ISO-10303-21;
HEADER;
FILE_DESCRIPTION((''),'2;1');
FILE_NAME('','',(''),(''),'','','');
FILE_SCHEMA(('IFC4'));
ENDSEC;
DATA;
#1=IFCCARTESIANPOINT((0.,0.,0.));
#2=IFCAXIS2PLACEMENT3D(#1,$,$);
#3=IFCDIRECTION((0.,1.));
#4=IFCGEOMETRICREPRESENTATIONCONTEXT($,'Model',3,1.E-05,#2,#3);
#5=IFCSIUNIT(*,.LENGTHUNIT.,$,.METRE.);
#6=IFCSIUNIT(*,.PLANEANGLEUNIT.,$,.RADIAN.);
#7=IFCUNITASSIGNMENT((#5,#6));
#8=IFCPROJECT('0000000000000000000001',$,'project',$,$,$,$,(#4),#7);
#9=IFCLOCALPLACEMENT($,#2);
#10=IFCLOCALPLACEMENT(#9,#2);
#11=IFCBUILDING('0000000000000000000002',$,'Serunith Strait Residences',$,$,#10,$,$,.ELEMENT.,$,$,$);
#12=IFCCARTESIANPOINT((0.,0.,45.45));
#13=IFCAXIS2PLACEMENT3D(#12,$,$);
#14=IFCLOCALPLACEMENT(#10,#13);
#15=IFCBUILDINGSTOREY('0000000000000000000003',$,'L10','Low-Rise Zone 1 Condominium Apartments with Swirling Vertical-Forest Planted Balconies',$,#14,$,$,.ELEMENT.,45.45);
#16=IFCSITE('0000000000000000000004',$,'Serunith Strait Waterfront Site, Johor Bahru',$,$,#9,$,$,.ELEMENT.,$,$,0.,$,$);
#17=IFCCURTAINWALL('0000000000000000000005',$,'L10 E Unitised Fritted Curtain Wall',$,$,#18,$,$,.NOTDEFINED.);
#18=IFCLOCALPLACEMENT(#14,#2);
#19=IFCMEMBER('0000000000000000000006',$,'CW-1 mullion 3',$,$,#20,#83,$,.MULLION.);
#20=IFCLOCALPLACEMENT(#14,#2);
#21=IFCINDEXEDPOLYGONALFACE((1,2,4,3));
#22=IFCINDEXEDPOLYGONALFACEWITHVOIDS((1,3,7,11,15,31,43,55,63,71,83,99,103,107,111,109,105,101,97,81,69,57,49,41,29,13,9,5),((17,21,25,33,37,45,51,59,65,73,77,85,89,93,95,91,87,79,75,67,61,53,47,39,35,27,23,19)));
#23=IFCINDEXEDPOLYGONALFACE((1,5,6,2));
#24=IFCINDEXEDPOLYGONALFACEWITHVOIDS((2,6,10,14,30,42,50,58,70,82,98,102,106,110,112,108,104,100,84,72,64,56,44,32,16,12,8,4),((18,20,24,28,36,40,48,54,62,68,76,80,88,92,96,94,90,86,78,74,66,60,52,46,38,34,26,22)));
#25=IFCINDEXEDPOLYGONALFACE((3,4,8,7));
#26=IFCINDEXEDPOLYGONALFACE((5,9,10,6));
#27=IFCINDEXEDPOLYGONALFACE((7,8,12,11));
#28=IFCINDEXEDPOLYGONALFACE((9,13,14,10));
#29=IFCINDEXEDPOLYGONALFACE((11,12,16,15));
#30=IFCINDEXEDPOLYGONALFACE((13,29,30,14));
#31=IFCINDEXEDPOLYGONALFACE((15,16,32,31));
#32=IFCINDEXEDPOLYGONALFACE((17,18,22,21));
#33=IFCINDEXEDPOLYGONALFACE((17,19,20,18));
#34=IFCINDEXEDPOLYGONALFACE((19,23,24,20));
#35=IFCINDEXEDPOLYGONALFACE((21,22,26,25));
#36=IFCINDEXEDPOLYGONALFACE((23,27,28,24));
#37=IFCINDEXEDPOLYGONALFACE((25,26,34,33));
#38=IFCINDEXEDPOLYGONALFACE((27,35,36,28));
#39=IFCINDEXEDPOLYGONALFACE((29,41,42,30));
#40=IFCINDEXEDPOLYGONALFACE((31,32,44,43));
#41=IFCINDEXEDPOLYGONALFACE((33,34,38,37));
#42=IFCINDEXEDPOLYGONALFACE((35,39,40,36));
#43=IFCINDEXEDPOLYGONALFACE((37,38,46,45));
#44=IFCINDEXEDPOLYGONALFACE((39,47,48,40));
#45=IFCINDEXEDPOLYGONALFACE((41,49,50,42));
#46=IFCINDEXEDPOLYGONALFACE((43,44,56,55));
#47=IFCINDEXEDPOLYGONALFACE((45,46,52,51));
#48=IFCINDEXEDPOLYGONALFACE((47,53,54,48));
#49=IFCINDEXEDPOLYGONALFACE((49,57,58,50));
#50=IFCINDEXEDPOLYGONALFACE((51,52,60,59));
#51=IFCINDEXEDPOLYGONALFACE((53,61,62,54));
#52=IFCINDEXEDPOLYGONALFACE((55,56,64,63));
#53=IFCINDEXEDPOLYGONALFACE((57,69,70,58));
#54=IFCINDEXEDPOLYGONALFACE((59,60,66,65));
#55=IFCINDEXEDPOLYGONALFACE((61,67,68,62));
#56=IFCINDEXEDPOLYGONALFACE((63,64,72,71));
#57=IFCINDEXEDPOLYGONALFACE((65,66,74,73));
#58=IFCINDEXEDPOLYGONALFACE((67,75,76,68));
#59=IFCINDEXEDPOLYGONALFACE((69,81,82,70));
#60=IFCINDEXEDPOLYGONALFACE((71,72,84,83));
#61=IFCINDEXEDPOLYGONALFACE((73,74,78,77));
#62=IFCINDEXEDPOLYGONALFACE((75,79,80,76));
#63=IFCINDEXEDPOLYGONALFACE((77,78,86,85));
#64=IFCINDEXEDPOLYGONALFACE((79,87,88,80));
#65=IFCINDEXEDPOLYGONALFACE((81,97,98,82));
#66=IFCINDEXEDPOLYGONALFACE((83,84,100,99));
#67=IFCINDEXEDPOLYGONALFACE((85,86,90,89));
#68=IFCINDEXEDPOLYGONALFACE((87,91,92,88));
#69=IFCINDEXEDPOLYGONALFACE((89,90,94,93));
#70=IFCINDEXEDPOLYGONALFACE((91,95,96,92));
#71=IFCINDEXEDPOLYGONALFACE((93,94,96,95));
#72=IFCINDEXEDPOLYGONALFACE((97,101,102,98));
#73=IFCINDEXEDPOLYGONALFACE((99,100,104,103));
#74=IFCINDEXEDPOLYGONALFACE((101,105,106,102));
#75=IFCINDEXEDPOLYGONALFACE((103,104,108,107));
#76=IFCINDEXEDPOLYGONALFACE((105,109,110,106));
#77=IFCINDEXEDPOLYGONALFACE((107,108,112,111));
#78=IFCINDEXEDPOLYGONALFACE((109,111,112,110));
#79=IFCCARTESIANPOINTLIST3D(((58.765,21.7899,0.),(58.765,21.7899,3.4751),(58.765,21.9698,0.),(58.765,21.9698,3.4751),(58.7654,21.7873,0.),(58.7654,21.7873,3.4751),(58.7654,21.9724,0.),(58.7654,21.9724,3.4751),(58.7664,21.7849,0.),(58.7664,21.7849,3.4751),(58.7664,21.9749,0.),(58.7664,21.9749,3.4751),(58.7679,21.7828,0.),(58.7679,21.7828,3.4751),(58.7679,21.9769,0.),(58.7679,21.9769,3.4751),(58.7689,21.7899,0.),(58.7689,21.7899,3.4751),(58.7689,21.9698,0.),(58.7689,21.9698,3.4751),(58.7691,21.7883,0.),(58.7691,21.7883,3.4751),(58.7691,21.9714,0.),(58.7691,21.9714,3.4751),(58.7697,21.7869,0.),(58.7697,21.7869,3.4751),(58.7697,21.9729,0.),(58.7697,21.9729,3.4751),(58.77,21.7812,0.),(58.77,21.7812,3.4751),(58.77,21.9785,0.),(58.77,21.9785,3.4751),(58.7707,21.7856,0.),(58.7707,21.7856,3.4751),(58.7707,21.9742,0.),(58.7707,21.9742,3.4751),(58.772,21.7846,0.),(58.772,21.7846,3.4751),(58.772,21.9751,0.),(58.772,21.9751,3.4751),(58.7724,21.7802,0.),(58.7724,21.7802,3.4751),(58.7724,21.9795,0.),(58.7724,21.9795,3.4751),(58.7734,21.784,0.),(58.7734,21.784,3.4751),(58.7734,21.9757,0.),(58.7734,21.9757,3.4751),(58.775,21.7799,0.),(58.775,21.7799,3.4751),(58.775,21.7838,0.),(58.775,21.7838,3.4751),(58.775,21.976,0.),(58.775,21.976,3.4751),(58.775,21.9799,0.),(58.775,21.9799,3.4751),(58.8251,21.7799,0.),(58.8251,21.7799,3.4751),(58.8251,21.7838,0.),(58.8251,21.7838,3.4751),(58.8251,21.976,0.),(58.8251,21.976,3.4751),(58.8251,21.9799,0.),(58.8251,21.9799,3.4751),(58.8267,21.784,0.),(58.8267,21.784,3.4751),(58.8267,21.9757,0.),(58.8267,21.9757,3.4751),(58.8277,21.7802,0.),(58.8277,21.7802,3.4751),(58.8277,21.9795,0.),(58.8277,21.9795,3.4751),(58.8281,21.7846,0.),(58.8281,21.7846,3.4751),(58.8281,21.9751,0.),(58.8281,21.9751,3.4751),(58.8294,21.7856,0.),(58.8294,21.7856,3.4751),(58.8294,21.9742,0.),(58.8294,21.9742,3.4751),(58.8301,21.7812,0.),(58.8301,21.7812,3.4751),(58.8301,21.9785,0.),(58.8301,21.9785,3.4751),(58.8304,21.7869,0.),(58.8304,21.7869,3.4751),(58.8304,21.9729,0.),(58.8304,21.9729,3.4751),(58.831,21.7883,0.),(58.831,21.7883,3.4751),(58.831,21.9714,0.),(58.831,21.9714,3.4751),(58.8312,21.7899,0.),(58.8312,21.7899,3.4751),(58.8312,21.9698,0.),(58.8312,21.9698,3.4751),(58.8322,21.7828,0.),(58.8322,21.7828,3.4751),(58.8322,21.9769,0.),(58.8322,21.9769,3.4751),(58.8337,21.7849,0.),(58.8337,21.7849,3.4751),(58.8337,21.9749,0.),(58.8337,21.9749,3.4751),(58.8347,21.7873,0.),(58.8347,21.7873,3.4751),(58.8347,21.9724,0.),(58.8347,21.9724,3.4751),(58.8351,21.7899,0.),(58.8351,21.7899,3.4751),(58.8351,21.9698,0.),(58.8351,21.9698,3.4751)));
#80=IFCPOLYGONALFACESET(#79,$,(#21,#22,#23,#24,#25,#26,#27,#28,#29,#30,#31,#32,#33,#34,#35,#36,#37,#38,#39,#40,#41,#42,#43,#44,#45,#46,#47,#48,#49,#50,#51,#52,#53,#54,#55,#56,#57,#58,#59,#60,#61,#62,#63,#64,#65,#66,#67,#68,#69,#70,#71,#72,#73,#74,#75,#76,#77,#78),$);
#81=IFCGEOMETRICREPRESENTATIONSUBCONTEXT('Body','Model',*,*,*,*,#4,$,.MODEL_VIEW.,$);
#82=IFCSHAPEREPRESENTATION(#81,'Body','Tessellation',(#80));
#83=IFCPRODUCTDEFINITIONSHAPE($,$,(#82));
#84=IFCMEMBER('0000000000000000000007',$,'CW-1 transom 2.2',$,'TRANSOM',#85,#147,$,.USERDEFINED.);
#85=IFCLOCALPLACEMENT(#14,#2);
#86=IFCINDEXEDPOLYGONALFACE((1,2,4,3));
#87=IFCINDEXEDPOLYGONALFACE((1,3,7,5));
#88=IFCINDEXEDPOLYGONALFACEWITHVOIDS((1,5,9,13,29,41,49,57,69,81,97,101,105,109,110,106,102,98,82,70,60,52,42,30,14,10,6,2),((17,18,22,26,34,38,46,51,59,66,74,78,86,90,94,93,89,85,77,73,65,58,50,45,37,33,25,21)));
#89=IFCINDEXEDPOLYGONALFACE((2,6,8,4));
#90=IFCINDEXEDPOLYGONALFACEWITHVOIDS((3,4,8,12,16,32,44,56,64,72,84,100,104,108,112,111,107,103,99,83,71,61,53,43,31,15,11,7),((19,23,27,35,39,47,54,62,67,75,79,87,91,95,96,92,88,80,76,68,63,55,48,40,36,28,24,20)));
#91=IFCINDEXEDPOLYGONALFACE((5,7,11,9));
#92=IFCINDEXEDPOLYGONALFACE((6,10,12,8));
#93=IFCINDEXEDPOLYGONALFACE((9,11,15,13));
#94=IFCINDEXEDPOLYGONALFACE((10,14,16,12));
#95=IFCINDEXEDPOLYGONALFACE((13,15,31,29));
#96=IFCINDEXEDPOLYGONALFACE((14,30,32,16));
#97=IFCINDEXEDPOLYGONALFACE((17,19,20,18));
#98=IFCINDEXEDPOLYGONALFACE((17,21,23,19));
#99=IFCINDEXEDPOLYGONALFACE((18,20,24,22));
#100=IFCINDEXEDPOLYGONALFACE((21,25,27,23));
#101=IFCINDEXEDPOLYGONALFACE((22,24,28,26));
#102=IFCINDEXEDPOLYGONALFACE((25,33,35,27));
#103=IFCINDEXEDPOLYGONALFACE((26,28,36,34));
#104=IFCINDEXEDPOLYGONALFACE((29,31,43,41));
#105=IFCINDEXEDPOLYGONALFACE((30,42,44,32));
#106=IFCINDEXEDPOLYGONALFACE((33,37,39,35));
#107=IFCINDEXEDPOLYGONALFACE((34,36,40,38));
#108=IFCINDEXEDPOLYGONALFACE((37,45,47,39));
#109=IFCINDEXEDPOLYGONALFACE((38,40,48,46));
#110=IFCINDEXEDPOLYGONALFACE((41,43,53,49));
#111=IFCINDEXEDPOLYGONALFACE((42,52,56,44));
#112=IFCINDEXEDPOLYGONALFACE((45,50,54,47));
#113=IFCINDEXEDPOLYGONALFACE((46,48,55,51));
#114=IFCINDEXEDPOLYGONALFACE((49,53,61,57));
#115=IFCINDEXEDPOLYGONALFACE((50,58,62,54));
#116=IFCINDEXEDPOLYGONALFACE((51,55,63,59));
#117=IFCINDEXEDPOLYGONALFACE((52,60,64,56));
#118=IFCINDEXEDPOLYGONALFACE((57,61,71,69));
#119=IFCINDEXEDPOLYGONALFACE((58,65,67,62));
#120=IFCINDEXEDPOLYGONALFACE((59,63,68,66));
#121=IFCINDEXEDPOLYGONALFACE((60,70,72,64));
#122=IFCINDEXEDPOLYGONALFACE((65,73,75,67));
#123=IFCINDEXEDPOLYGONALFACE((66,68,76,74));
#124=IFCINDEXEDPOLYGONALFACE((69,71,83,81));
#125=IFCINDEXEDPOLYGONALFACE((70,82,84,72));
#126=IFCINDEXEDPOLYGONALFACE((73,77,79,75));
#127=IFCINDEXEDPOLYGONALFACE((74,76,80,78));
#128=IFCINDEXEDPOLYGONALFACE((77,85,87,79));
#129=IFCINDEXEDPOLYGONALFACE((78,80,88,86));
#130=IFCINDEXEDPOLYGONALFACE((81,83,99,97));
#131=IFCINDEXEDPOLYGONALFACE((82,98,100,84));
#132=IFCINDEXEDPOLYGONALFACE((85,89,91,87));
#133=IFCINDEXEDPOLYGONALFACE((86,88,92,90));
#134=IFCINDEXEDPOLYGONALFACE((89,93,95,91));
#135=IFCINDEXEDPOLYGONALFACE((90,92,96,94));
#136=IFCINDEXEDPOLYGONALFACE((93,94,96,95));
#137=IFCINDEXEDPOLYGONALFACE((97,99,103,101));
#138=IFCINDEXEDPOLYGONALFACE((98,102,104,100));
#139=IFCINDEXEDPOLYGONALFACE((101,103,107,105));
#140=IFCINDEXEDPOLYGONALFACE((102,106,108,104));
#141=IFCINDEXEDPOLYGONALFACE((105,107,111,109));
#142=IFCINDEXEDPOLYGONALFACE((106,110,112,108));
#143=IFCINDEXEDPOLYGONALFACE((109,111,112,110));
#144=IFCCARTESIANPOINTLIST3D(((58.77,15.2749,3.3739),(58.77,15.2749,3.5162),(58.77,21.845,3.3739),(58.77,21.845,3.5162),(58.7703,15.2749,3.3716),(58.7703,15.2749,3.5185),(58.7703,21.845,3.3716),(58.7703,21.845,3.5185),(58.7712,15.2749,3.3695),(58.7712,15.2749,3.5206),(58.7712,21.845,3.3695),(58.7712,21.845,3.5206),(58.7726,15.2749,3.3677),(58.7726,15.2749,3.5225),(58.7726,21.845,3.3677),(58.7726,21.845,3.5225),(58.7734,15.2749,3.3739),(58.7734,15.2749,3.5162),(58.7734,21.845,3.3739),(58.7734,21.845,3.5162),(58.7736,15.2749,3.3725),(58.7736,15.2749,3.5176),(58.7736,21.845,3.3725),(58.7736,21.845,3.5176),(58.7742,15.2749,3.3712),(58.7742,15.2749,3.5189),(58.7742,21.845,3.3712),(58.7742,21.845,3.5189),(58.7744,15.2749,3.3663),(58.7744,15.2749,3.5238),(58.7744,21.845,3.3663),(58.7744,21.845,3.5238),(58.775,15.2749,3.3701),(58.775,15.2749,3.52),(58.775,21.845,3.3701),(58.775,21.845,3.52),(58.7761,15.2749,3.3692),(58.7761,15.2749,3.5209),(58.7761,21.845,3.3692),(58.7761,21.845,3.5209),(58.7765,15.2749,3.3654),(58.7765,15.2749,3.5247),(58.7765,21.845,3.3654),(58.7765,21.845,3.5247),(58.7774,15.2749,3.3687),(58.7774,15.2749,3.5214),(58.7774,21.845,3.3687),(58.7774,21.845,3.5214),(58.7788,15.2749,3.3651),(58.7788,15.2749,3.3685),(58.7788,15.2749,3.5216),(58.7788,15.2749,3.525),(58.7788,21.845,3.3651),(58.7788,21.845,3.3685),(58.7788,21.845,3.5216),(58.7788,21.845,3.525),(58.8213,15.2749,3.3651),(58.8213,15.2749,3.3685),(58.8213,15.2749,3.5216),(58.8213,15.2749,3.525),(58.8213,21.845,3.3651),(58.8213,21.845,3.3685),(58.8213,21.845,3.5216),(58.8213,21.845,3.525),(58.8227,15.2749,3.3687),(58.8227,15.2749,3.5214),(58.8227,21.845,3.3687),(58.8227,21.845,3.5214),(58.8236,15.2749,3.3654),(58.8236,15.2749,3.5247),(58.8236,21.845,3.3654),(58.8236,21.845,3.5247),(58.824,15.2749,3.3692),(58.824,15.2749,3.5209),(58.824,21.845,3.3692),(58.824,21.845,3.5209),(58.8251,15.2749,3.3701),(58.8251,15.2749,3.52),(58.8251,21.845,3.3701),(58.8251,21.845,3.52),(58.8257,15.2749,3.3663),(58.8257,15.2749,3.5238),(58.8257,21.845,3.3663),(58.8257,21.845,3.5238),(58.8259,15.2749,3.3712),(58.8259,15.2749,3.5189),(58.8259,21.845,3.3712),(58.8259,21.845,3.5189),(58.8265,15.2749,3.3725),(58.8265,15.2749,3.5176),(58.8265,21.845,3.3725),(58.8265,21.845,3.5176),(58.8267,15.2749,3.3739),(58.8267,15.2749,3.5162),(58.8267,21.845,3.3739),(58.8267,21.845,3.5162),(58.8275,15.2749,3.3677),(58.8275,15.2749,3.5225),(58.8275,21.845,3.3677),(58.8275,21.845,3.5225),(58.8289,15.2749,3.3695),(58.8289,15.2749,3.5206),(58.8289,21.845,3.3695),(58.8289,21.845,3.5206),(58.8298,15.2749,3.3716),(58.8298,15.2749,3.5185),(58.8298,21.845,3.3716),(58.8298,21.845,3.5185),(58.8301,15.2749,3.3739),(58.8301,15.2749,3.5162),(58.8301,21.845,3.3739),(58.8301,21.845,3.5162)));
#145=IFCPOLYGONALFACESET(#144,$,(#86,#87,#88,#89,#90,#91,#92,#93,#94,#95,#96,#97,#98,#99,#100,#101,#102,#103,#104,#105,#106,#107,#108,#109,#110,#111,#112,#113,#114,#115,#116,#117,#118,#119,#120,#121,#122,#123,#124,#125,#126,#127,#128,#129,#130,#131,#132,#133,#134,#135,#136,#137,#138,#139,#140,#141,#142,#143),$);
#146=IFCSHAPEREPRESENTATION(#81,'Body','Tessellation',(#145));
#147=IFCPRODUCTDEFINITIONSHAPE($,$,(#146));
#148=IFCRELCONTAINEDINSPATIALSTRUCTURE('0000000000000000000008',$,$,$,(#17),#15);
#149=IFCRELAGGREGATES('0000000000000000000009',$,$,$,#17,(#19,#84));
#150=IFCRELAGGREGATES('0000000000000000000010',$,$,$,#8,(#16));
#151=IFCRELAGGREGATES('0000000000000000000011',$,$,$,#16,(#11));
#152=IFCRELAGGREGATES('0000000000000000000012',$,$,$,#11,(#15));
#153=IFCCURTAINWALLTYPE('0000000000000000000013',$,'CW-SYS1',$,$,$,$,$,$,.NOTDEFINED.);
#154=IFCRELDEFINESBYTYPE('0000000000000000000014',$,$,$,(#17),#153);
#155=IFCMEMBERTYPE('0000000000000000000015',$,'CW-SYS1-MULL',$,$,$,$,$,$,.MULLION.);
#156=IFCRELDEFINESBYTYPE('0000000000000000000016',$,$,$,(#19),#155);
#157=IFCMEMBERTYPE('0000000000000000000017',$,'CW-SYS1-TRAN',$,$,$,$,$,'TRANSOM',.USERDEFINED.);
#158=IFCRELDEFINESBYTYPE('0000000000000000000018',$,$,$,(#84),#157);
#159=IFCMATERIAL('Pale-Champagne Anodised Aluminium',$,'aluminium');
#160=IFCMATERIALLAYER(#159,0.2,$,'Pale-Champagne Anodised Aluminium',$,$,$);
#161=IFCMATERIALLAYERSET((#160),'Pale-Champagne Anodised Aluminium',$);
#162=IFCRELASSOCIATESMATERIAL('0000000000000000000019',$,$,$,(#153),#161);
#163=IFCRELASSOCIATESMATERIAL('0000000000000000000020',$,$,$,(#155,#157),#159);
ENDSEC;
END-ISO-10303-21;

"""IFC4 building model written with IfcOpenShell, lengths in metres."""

from ifc_helpers import new_model, si_unit, direction, frame, origin, origin_2d, place, context, subcontext, project, spatial, hollow_rectangle, extrude, source, transform, mapped, material, layer, layer_set, material_profile, profile_set, type_object, element, aggregate, save


model = new_model("IFC4")

# Units and contexts
model_context = context("Model", 3, precision=1e-05, world=origin(), true_north=direction((0.0, 1.0)))
body_context = subcontext(model_context, "Body", "Model", "MODEL_VIEW")
ifc_project = project(units=[si_unit("LENGTHUNIT", "METRE"), si_unit("PLANEANGLEUNIT", "RADIAN")], contexts=[model_context])

# Site, building, storey
site_placement = place(None, origin())
site = spatial("IfcSite", under=ifc_project, at=site_placement, Name="Serunith Strait Waterfront Site, Johor Bahru", CompositionType="ELEMENT", RefElevation=0.0)
building_placement = place(site_placement, origin())
building = spatial("IfcBuilding", under=site, at=building_placement, Name="Serunith Strait Residences", CompositionType="ELEMENT")
storey_placement = place(building_placement, frame((0.0, 0.0, 45.45)))
storey = spatial("IfcBuildingStorey", under=building, at=storey_placement, Name="L10", Description="Low-Rise Zone 1 Condominium Apartments with Swirling Vertical-Forest Planted Balconies", CompositionType="ELEMENT", Elevation=45.45)

# Curtain wall, members
ifc_material_1 = material(Name="Pale-Champagne Anodised Aluminium", Category="aluminium")
ifc_layer_1 = layer(ifc_material_1, 0.2, Name="Pale-Champagne Anodised Aluminium")
ifc_layer_set_1 = layer_set([ifc_layer_1], Name="Pale-Champagne Anodised Aluminium")
curtain_wall_type = type_object("IfcCurtainWallType", Name="CW-SYS1", PredefinedType="NOTDEFINED", material=ifc_layer_set_1)
curtain_wall_placement = place(storey_placement, origin())
curtain_wall = element("IfcCurtainWall", 1, at=curtain_wall_placement, inside=storey, type_object=curtain_wall_type, Name="L10 E Unitised Fritted Curtain Wall", PredefinedType="NOTDEFINED")
ifc_material_profile_1 = material_profile(ifc_material_1, hollow_rectangle(XDim=0.0701, YDim=0.2, WallThickness=0.0039, InnerFilletRadius=0.0061, OuterFilletRadius=0.01, at=origin_2d()), Name="ALU 200x70x4")
ifc_profile_set_1 = profile_set([ifc_material_profile_1], Name="Pale-Champagne Anodised Aluminium")
member_type_1 = type_object("IfcMemberType", Name="CW-SYS1-MULL", PredefinedType="MULLION", material=ifc_profile_set_1)
shared_shape_1 = source(origin(), body_context, "Body", "SweptSolid", [
    extrude(hollow_rectangle(XDim=0.0701, YDim=0.2, WallThickness=0.0039, InnerFilletRadius=0.0061, OuterFilletRadius=0.01, at=origin_2d()), origin(), (0.0, 0.0, 1.0), 3.4751),
])
member_1_placement = place(storey_placement, frame((58.8, 21.8799, 0.0), z_axis=(0.0, 0.0, 1.0), x_axis=(-1.0, 0.0, 0.0)))
member_1 = element("IfcMember", 2, at=member_1_placement, type_object=member_type_1, Name="CW-1 mullion 3", PredefinedType="MULLION", context=body_context, shape_type="MappedRepresentation", body=[
    mapped(shared_shape_1, transform((0.0, 0.0, 0.0), scale=1.0)),
])
ifc_material_profile_2 = material_profile(ifc_material_1, hollow_rectangle(XDim=0.0601, YDim=0.1599, WallThickness=0.0034, InnerFilletRadius=0.0054, OuterFilletRadius=0.0088, at=origin_2d()), Name="ALU 160x60x3.5")
ifc_profile_set_2 = profile_set([ifc_material_profile_2], Name="Pale-Champagne Anodised Aluminium")
member_type_2 = type_object("IfcMemberType", Name="CW-SYS1-TRAN", ElementType="TRANSOM", PredefinedType="USERDEFINED", material=ifc_profile_set_2)
shared_shape_2 = source(origin(), body_context, "Body", "SweptSolid", [
    extrude(hollow_rectangle(XDim=0.0601, YDim=0.1599, WallThickness=0.0034, InnerFilletRadius=0.0054, OuterFilletRadius=0.0088, at=origin_2d()), origin(), (0.0, 0.0, 1.0), 6.5701),
])
member_2_placement = place(storey_placement, frame((58.8, 15.2749, 3.4451), z_axis=(0.0, 1.0, 0.0), x_axis=(-1.0, 0.0, 0.0)))
member_2 = element("IfcMember", 3, at=member_2_placement, type_object=member_type_2, Name="CW-1 transom 2.2", ObjectType="TRANSOM", PredefinedType="USERDEFINED", context=body_context, shape_type="MappedRepresentation", body=[
    mapped(shared_shape_2, transform((0.0, 0.0, 0.0), scale=1.0)),
])
aggregate(curtain_wall, [member_1, member_2])

save(model, "model.ifc")
